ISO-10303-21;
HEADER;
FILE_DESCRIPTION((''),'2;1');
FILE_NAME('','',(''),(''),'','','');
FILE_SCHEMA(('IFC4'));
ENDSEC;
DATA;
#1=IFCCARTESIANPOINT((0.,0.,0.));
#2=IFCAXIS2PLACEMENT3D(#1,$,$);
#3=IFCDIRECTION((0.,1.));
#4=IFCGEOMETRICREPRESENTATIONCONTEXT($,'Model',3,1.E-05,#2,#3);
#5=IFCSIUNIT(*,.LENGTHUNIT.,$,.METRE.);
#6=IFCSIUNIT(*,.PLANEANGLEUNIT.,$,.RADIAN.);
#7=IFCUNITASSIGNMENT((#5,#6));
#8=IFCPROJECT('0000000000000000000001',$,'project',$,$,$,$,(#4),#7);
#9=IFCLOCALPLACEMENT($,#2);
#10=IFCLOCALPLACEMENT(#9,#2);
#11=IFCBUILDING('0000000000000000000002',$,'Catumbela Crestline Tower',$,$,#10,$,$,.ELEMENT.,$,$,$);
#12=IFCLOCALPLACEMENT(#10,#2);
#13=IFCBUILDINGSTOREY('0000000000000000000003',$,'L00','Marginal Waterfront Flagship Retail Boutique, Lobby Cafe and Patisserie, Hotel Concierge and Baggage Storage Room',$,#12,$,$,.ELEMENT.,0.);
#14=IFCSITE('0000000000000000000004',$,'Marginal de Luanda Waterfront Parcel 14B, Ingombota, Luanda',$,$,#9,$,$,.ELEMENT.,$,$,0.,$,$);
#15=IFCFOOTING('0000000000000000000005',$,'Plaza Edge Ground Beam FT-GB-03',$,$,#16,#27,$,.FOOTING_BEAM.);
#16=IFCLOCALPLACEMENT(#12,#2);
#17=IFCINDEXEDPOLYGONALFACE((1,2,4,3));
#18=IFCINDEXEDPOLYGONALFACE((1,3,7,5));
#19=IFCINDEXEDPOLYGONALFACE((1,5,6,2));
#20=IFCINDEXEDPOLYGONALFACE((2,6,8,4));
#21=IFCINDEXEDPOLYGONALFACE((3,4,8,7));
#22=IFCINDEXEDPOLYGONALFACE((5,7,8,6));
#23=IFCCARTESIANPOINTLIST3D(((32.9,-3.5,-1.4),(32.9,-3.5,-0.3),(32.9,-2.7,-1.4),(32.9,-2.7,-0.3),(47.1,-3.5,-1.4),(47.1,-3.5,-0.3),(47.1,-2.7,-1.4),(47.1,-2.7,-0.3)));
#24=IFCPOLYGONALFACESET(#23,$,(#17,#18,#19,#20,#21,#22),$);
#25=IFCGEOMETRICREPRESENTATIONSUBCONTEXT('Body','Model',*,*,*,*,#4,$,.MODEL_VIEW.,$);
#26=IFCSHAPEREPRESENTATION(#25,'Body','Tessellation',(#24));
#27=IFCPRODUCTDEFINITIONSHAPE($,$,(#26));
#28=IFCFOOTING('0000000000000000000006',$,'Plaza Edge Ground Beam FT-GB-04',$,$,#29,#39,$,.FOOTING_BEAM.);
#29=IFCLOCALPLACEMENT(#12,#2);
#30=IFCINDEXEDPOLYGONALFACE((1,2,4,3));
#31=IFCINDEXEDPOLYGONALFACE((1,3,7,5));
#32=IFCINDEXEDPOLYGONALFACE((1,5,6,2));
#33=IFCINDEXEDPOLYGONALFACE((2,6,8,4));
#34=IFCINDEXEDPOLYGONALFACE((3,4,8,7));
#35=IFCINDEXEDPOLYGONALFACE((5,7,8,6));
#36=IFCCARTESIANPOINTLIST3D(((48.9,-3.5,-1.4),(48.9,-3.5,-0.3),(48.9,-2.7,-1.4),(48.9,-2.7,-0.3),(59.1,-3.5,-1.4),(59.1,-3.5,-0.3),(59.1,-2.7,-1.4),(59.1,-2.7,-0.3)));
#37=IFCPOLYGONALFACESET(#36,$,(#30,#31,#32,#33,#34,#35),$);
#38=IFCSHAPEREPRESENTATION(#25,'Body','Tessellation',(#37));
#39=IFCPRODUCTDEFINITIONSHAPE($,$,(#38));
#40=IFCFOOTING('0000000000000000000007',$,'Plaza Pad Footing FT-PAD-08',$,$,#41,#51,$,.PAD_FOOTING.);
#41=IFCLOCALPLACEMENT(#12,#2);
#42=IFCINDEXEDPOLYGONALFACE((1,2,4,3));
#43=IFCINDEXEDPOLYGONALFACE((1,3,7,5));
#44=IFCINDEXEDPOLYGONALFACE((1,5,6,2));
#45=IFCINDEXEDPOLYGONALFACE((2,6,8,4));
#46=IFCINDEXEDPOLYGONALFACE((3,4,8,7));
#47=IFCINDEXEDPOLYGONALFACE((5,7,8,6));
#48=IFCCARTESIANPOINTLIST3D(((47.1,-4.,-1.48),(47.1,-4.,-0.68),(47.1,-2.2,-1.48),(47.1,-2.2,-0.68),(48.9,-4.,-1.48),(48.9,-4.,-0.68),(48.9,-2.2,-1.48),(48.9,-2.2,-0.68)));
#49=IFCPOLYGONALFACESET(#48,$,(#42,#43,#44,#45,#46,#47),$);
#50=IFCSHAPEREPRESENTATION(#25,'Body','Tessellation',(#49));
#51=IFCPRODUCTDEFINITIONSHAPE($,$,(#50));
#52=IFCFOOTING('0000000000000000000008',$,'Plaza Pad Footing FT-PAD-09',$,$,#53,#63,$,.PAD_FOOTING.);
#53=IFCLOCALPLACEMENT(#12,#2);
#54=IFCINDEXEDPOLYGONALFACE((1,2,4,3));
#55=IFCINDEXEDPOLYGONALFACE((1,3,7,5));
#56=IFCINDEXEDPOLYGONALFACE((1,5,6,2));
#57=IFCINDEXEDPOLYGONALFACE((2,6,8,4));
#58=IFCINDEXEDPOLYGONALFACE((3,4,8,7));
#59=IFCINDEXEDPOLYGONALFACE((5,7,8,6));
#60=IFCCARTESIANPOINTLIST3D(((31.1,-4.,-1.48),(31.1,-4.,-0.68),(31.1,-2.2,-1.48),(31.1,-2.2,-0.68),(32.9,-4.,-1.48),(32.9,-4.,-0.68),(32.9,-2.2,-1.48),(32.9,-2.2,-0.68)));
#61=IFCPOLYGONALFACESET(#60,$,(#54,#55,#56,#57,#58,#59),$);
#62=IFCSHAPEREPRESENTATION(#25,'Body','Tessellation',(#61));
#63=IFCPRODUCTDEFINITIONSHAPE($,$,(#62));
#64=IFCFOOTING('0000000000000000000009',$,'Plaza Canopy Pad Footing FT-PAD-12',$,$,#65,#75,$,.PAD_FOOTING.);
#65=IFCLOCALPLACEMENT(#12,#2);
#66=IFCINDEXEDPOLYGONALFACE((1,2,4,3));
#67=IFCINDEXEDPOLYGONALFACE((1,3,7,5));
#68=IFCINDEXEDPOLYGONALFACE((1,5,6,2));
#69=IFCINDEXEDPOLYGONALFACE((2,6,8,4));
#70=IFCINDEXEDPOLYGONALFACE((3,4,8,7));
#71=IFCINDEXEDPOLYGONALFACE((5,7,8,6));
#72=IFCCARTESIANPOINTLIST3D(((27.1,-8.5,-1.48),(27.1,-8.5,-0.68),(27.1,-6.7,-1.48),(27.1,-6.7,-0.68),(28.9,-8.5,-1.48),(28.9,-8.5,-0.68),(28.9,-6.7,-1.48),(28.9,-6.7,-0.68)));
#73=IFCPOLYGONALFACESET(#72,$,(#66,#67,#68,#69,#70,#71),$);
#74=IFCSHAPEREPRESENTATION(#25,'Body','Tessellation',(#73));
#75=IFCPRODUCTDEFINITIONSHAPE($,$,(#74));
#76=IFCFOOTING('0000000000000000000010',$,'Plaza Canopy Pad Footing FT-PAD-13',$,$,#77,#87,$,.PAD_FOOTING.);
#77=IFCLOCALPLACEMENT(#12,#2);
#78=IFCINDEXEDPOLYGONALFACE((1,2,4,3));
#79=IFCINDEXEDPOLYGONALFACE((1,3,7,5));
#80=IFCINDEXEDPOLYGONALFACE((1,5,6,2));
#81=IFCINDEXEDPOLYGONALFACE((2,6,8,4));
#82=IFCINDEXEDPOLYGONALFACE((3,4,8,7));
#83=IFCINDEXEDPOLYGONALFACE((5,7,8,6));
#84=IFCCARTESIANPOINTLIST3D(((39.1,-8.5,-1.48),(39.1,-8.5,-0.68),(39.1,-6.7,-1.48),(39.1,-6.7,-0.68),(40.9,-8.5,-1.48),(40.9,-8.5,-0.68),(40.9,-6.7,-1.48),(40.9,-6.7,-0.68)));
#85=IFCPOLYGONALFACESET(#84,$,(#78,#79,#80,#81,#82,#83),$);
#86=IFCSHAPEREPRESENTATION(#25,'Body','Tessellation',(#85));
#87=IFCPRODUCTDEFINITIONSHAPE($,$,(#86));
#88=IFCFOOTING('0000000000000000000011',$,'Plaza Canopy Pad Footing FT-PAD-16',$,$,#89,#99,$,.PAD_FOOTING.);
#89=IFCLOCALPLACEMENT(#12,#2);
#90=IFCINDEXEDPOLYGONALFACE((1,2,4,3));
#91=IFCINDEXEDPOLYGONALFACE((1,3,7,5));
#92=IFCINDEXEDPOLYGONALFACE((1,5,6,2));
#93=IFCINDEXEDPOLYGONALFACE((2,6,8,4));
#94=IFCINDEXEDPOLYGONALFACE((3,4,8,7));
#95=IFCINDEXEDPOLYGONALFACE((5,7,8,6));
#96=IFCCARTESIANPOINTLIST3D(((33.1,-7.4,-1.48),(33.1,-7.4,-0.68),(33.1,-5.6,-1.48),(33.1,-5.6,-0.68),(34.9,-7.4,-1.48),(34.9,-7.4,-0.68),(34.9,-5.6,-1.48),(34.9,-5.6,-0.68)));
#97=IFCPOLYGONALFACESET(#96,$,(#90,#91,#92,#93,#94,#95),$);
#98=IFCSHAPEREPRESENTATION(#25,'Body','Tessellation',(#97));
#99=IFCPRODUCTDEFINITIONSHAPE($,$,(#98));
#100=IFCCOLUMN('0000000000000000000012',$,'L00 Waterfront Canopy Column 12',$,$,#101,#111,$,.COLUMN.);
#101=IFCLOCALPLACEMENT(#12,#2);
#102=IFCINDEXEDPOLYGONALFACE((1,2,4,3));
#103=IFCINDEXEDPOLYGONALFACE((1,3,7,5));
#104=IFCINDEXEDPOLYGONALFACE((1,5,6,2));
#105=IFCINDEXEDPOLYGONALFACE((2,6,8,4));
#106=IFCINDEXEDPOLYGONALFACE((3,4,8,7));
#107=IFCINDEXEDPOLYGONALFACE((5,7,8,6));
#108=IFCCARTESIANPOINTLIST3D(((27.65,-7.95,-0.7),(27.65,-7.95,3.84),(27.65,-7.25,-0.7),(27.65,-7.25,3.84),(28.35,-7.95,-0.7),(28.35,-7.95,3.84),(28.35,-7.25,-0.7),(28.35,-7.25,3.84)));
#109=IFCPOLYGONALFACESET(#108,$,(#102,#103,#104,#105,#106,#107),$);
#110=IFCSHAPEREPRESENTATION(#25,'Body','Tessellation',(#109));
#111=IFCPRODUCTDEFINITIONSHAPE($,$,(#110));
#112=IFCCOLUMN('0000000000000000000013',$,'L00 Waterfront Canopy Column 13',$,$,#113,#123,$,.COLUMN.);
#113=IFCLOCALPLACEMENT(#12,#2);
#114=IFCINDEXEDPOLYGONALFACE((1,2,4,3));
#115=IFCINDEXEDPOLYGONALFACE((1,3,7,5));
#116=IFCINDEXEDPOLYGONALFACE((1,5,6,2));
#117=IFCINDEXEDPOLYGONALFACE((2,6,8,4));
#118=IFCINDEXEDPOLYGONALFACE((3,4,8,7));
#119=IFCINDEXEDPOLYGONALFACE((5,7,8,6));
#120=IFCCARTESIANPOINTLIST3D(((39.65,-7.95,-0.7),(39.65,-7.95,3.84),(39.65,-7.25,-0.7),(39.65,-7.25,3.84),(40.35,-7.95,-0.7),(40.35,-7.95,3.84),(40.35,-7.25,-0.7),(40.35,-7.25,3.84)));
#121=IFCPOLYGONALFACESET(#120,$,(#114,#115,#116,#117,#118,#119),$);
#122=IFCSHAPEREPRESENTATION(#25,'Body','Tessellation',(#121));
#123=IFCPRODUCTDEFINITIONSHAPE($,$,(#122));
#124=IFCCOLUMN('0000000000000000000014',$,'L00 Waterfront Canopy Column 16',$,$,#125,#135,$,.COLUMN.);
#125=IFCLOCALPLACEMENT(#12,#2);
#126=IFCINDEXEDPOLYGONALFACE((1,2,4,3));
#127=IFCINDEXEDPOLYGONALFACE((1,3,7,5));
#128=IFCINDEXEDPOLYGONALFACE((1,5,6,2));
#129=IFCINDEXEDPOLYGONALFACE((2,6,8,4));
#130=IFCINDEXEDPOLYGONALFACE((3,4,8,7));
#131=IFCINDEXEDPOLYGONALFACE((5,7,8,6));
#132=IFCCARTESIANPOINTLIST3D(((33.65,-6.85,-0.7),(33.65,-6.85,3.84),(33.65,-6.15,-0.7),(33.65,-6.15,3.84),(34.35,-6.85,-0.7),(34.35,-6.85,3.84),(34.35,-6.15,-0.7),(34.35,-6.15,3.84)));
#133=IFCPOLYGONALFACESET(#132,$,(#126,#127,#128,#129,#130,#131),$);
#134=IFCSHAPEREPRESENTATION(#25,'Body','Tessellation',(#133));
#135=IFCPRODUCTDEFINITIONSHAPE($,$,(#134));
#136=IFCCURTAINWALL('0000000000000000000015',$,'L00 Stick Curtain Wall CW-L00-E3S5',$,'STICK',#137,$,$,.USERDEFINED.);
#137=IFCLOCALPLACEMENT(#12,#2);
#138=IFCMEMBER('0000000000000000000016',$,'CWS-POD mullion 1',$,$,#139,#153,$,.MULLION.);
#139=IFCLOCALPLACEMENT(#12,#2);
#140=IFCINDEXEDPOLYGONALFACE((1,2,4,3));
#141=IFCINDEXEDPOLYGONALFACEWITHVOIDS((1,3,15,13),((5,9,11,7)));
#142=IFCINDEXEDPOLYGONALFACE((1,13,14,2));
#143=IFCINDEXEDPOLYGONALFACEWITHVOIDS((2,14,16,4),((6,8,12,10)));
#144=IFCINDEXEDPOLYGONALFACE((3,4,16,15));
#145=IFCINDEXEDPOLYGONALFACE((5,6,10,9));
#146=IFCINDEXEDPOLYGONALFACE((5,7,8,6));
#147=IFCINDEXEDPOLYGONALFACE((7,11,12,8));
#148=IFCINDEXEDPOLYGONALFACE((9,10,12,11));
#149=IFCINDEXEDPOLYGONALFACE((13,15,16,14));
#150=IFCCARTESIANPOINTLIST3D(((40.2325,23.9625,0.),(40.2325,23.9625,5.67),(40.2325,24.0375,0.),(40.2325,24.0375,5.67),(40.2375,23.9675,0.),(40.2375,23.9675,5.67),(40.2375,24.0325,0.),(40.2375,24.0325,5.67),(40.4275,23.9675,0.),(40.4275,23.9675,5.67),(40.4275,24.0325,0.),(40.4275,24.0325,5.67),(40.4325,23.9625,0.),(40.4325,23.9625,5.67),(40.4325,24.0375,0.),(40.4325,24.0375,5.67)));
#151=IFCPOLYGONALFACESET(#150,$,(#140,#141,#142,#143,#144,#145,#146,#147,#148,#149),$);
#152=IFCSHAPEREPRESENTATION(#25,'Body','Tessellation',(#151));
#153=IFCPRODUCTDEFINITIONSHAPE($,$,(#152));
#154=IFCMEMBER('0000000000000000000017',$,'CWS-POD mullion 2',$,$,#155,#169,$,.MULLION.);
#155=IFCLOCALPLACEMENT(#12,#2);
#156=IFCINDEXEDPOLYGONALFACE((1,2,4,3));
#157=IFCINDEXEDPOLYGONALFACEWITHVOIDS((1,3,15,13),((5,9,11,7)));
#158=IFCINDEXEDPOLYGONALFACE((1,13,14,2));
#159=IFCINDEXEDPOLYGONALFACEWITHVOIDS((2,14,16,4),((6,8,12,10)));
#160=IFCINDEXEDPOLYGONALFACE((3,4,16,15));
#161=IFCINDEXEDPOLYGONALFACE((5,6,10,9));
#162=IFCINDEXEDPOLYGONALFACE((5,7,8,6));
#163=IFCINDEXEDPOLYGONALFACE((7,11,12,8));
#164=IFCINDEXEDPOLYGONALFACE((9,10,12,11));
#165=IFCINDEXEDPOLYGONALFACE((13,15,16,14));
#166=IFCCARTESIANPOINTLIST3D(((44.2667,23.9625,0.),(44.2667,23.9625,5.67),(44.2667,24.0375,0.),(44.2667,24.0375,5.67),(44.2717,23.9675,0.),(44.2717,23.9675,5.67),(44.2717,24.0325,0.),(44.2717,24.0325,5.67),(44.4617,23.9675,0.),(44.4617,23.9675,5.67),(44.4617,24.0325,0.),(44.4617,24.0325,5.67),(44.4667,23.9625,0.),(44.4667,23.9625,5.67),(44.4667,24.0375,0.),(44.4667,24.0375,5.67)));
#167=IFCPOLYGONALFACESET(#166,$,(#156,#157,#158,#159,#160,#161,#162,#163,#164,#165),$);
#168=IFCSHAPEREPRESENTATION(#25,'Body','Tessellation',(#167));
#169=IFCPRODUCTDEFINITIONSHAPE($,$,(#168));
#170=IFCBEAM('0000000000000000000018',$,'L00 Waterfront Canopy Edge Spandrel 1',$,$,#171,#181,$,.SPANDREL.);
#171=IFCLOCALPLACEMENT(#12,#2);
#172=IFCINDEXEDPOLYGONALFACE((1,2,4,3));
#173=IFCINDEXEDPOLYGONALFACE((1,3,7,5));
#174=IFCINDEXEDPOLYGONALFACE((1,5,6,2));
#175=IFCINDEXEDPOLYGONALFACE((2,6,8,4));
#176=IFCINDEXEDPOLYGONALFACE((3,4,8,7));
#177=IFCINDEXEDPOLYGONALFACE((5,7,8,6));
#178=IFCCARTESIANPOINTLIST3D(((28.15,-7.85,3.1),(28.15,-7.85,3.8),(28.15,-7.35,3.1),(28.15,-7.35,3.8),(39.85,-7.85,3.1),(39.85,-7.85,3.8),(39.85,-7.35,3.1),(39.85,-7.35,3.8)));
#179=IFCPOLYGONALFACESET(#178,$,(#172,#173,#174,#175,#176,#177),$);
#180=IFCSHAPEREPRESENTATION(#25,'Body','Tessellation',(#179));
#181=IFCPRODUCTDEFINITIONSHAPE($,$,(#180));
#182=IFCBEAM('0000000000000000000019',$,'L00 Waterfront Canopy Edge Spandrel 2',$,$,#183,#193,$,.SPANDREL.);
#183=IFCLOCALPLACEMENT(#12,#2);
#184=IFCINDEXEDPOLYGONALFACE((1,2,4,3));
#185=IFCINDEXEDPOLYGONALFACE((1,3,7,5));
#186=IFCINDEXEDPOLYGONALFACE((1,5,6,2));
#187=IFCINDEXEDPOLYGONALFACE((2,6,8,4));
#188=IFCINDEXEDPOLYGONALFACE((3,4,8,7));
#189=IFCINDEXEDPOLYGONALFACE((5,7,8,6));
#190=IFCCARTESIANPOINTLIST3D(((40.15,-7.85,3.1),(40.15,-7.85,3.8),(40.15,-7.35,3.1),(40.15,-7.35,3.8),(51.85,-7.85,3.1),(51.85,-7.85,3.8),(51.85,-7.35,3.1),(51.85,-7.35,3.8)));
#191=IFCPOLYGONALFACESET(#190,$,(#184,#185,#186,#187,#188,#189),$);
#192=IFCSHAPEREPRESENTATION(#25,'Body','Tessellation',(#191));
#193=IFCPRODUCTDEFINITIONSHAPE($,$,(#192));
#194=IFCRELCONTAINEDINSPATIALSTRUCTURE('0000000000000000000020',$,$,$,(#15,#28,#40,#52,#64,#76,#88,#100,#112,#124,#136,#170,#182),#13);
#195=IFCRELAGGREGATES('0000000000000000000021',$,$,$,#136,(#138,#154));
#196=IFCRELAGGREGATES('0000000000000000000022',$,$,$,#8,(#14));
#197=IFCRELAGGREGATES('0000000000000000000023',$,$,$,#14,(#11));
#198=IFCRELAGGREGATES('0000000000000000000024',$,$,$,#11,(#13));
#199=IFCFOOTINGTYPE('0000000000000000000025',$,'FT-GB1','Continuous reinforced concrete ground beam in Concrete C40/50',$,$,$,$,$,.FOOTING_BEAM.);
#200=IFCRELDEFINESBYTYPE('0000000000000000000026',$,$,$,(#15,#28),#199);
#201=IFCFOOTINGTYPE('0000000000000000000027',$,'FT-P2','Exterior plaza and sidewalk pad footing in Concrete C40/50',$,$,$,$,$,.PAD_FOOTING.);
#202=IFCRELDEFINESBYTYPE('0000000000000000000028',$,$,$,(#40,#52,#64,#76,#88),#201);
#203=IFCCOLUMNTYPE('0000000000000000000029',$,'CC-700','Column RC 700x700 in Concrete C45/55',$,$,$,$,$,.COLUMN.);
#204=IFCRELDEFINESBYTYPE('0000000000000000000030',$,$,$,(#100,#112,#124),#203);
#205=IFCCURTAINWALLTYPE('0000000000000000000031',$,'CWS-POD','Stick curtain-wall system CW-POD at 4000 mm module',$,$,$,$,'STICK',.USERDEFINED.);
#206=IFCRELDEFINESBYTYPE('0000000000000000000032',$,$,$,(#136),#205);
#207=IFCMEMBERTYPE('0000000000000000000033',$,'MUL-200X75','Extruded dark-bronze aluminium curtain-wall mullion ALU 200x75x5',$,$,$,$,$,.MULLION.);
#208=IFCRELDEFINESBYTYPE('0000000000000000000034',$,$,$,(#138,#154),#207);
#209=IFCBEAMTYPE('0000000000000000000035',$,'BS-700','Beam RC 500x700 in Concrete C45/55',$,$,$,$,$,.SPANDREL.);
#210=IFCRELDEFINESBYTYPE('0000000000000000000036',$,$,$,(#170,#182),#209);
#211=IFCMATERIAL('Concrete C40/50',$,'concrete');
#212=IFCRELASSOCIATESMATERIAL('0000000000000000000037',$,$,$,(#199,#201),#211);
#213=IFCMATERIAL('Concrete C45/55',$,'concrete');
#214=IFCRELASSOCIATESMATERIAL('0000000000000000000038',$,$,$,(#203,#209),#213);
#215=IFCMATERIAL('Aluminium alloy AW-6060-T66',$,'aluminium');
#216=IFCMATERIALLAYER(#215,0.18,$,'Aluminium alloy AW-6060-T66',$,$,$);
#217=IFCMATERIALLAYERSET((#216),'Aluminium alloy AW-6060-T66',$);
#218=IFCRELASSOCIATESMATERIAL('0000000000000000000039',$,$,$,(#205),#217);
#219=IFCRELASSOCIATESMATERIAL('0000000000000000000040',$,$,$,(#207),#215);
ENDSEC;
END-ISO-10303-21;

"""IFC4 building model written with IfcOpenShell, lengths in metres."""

from ifc_helpers import new_model, si_unit, direction, frame, origin, origin_2d, place, context, subcontext, project, spatial, rectangle, hollow_rectangle, extrude, material, layer, layer_set, material_profile, profile_set, type_object, element, aggregate, save


model = new_model("IFC4")

# Units and contexts
model_context = context("Model", 3, precision=1e-05, world=origin(), true_north=direction((0.0, 1.0)))
body_context = subcontext(model_context, "Body", "Model", "MODEL_VIEW")
ifc_project = project(units=[si_unit("LENGTHUNIT", "METRE"), si_unit("PLANEANGLEUNIT", "RADIAN")], contexts=[model_context])

# Site, building, storey
site_placement = place(None, origin())
site = spatial("IfcSite", under=ifc_project, at=site_placement, Name="Marginal de Luanda Waterfront Parcel 14B, Ingombota, Luanda", CompositionType="ELEMENT", RefElevation=0.0)
building_placement = place(site_placement, origin())
building = spatial("IfcBuilding", under=site, at=building_placement, Name="Catumbela Crestline Tower", CompositionType="ELEMENT")
storey_placement = place(building_placement, origin())
storey = spatial("IfcBuildingStorey", under=building, at=storey_placement, Name="L00", Description="Marginal Waterfront Flagship Retail Boutique, Lobby Cafe and Patisserie, Hotel Concierge and Baggage Storage Room", CompositionType="ELEMENT", Elevation=0.0)

# Footings
ifc_material_1 = material(Name="Concrete C40/50", Category="concrete")
ifc_material_profile_1 = material_profile(ifc_material_1, rectangle(XDim=0.8, YDim=1.1, at=origin_2d()), Name="RC 800x1100")
ifc_profile_set_1 = profile_set([ifc_material_profile_1], Name="Concrete C40/50")
footing_type_1 = type_object("IfcFootingType", Name="FT-GB1", Description="Continuous reinforced concrete ground beam in Concrete C40/50", PredefinedType="FOOTING_BEAM", material=ifc_profile_set_1)
footing_1_placement = place(storey_placement, frame((32.9, -3.1, -0.85), z_axis=(1.0, 0.0, 0.0), x_axis=(0.0, 1.0, 0.0)))
element("IfcFooting", 1, at=footing_1_placement, inside=storey, type_object=footing_type_1, Name="Plaza Edge Ground Beam FT-GB-03", PredefinedType="FOOTING_BEAM", context=body_context, shape_type="SweptSolid", body=[
    extrude(rectangle(XDim=0.8, YDim=1.1, at=origin_2d()), origin(), (0.0, 0.0, 1.0), 14.2),
])
footing_2_placement = place(storey_placement, frame((48.9, -3.1, -0.85), z_axis=(1.0, 0.0, 0.0), x_axis=(0.0, 1.0, 0.0)))
element("IfcFooting", 2, at=footing_2_placement, inside=storey, type_object=footing_type_1, Name="Plaza Edge Ground Beam FT-GB-04", PredefinedType="FOOTING_BEAM", context=body_context, shape_type="SweptSolid", body=[
    extrude(rectangle(XDim=0.8, YDim=1.1, at=origin_2d()), origin(), (0.0, 0.0, 1.0), 10.2),
])
footing_type_2 = type_object("IfcFootingType", Name="FT-P2", Description="Exterior plaza and sidewalk pad footing in Concrete C40/50", PredefinedType="PAD_FOOTING", material=ifc_material_1)
for number, where, z_axis, x_axis, name in (
    (3, (48.0, -3.1, -1.48), (0.0, 0.0, 1.0), (1.0, 0.0, 0.0), "Plaza Pad Footing FT-PAD-08"),
    (4, (32.0, -3.1, -1.48), (0.0, 0.0, 1.0), (1.0, 0.0, 0.0), "Plaza Pad Footing FT-PAD-09"),
    (5, (28.0, -7.6, -1.48), (0.0, 0.0, 1.0), (1.0, 0.0, 0.0), "Plaza Canopy Pad Footing FT-PAD-12"),
    (6, (40.0, -7.6, -1.48), (0.0, 0.0, 1.0), (1.0, 0.0, 0.0), "Plaza Canopy Pad Footing FT-PAD-13"),
    (7, (34.0, -6.5, -1.48), (0.0, 0.0, 1.0), (1.0, 0.0, 0.0), "Plaza Canopy Pad Footing FT-PAD-16"),
):
    element("IfcFooting", number, at=place(storey_placement, frame(where, z_axis=z_axis, x_axis=x_axis)), inside=storey, type_object=footing_type_2, Name=name, PredefinedType="PAD_FOOTING", context=body_context, shape_type="SweptSolid", body=[
        extrude(rectangle(XDim=1.8, YDim=1.8, at=origin_2d()), origin(), (0.0, 0.0, 1.0), 0.8),
    ])

# Columns
ifc_material_2 = material(Name="Concrete C45/55", Category="concrete")
ifc_material_profile_2 = material_profile(ifc_material_2, rectangle(XDim=0.7, YDim=0.7, at=origin_2d()), Name="RC 700x700")
ifc_profile_set_2 = profile_set([ifc_material_profile_2], Name="Concrete C45/55")
column_type = type_object("IfcColumnType", Name="CC-700", Description="Column RC 700x700 in Concrete C45/55", PredefinedType="COLUMN", material=ifc_profile_set_2)
for number, where, z_axis, x_axis, name in (
    (8, (28.0, -7.6, -0.7), (0.0, 0.0, 1.0), (1.0, 0.0, 0.0), "L00 Waterfront Canopy Column 12"),
    (9, (40.0, -7.6, -0.7), (0.0, 0.0, 1.0), (1.0, 0.0, 0.0), "L00 Waterfront Canopy Column 13"),
    (10, (34.0, -6.5, -0.7), (0.0, 0.0, 1.0), (1.0, 0.0, 0.0), "L00 Waterfront Canopy Column 16"),
):
    element("IfcColumn", number, at=place(storey_placement, frame(where, z_axis=z_axis, x_axis=x_axis)), inside=storey, type_object=column_type, Name=name, PredefinedType="COLUMN", context=body_context, shape_type="SweptSolid", body=[
        extrude(rectangle(XDim=0.7, YDim=0.7, at=origin_2d()), origin(), (0.0, 0.0, 1.0), 4.54),
    ])

# Curtain wall, members
ifc_material_3 = material(Name="Aluminium alloy AW-6060-T66", Category="aluminium")
ifc_layer_1 = layer(ifc_material_3, 0.18, Name="Aluminium alloy AW-6060-T66")
ifc_layer_set_1 = layer_set([ifc_layer_1], Name="Aluminium alloy AW-6060-T66")
curtain_wall_type = type_object("IfcCurtainWallType", Name="CWS-POD", Description="Stick curtain-wall system CW-POD at 4000 mm module", ElementType="STICK", PredefinedType="USERDEFINED", material=ifc_layer_set_1)
curtain_wall_placement = place(storey_placement, origin())
curtain_wall = element("IfcCurtainWall", 11, at=curtain_wall_placement, inside=storey, type_object=curtain_wall_type, Name="L00 Stick Curtain Wall CW-L00-E3S5", ObjectType="STICK", PredefinedType="USERDEFINED")
ifc_material_profile_3 = material_profile(ifc_material_3, hollow_rectangle(XDim=0.075, YDim=0.2, WallThickness=0.005, at=origin_2d()), Name="ALU 200x75x5")
ifc_profile_set_3 = profile_set([ifc_material_profile_3], Name="Aluminium alloy AW-6060-T66")
member_type_1 = type_object("IfcMemberType", Name="MUL-200X75", Description="Extruded dark-bronze aluminium curtain-wall mullion ALU 200x75x5", PredefinedType="MULLION", material=ifc_profile_set_3)
member_1_placement = place(storey_placement, frame((40.3325, 24.0, 0.0), z_axis=(0.0, 0.0, 1.0), x_axis=(0.0, 1.0, 0.0)))
member_1 = element("IfcMember", 12, at=member_1_placement, type_object=member_type_1, Name="CWS-POD mullion 1", PredefinedType="MULLION", context=body_context, shape_type="SweptSolid", body=[
    extrude(hollow_rectangle(XDim=0.075, YDim=0.2, WallThickness=0.005, at=origin_2d()), origin(), (0.0, 0.0, 1.0), 5.67),
])
member_2_placement = place(storey_placement, frame((44.3667, 24.0, 0.0), z_axis=(0.0, 0.0, 1.0), x_axis=(0.0, 1.0, 0.0)))
member_2 = element("IfcMember", 13, at=member_2_placement, type_object=member_type_1, Name="CWS-POD mullion 2", PredefinedType="MULLION", context=body_context, shape_type="SweptSolid", body=[
    extrude(hollow_rectangle(XDim=0.075, YDim=0.2, WallThickness=0.005, at=origin_2d()), origin(), (0.0, 0.0, 1.0), 5.67),
])

# Beams
ifc_material_profile_4 = material_profile(ifc_material_2, rectangle(XDim=0.5, YDim=0.7, at=origin_2d()), Name="RC 500x700")
ifc_profile_set_4 = profile_set([ifc_material_profile_4], Name="Concrete C45/55")
beam_type = type_object("IfcBeamType", Name="BS-700", Description="Beam RC 500x700 in Concrete C45/55", PredefinedType="SPANDREL", material=ifc_profile_set_4)
for number, where, z_axis, x_axis, name in (
    (14, (28.15, -7.6, 3.45), (1.0, 0.0, 0.0), (0.0, 1.0, 0.0), "L00 Waterfront Canopy Edge Spandrel 1"),
    (15, (40.15, -7.6, 3.45), (1.0, 0.0, 0.0), (0.0, 1.0, 0.0), "L00 Waterfront Canopy Edge Spandrel 2"),
):
    element("IfcBeam", number, at=place(storey_placement, frame(where, z_axis=z_axis, x_axis=x_axis)), inside=storey, type_object=beam_type, Name=name, PredefinedType="SPANDREL", context=body_context, shape_type="SweptSolid", body=[
        extrude(rectangle(XDim=0.5, YDim=0.7, at=origin_2d()), origin(), (0.0, 0.0, 1.0), 11.7),
    ])

aggregate(curtain_wall, [member_1, member_2])

save(model, "model.ifc")
